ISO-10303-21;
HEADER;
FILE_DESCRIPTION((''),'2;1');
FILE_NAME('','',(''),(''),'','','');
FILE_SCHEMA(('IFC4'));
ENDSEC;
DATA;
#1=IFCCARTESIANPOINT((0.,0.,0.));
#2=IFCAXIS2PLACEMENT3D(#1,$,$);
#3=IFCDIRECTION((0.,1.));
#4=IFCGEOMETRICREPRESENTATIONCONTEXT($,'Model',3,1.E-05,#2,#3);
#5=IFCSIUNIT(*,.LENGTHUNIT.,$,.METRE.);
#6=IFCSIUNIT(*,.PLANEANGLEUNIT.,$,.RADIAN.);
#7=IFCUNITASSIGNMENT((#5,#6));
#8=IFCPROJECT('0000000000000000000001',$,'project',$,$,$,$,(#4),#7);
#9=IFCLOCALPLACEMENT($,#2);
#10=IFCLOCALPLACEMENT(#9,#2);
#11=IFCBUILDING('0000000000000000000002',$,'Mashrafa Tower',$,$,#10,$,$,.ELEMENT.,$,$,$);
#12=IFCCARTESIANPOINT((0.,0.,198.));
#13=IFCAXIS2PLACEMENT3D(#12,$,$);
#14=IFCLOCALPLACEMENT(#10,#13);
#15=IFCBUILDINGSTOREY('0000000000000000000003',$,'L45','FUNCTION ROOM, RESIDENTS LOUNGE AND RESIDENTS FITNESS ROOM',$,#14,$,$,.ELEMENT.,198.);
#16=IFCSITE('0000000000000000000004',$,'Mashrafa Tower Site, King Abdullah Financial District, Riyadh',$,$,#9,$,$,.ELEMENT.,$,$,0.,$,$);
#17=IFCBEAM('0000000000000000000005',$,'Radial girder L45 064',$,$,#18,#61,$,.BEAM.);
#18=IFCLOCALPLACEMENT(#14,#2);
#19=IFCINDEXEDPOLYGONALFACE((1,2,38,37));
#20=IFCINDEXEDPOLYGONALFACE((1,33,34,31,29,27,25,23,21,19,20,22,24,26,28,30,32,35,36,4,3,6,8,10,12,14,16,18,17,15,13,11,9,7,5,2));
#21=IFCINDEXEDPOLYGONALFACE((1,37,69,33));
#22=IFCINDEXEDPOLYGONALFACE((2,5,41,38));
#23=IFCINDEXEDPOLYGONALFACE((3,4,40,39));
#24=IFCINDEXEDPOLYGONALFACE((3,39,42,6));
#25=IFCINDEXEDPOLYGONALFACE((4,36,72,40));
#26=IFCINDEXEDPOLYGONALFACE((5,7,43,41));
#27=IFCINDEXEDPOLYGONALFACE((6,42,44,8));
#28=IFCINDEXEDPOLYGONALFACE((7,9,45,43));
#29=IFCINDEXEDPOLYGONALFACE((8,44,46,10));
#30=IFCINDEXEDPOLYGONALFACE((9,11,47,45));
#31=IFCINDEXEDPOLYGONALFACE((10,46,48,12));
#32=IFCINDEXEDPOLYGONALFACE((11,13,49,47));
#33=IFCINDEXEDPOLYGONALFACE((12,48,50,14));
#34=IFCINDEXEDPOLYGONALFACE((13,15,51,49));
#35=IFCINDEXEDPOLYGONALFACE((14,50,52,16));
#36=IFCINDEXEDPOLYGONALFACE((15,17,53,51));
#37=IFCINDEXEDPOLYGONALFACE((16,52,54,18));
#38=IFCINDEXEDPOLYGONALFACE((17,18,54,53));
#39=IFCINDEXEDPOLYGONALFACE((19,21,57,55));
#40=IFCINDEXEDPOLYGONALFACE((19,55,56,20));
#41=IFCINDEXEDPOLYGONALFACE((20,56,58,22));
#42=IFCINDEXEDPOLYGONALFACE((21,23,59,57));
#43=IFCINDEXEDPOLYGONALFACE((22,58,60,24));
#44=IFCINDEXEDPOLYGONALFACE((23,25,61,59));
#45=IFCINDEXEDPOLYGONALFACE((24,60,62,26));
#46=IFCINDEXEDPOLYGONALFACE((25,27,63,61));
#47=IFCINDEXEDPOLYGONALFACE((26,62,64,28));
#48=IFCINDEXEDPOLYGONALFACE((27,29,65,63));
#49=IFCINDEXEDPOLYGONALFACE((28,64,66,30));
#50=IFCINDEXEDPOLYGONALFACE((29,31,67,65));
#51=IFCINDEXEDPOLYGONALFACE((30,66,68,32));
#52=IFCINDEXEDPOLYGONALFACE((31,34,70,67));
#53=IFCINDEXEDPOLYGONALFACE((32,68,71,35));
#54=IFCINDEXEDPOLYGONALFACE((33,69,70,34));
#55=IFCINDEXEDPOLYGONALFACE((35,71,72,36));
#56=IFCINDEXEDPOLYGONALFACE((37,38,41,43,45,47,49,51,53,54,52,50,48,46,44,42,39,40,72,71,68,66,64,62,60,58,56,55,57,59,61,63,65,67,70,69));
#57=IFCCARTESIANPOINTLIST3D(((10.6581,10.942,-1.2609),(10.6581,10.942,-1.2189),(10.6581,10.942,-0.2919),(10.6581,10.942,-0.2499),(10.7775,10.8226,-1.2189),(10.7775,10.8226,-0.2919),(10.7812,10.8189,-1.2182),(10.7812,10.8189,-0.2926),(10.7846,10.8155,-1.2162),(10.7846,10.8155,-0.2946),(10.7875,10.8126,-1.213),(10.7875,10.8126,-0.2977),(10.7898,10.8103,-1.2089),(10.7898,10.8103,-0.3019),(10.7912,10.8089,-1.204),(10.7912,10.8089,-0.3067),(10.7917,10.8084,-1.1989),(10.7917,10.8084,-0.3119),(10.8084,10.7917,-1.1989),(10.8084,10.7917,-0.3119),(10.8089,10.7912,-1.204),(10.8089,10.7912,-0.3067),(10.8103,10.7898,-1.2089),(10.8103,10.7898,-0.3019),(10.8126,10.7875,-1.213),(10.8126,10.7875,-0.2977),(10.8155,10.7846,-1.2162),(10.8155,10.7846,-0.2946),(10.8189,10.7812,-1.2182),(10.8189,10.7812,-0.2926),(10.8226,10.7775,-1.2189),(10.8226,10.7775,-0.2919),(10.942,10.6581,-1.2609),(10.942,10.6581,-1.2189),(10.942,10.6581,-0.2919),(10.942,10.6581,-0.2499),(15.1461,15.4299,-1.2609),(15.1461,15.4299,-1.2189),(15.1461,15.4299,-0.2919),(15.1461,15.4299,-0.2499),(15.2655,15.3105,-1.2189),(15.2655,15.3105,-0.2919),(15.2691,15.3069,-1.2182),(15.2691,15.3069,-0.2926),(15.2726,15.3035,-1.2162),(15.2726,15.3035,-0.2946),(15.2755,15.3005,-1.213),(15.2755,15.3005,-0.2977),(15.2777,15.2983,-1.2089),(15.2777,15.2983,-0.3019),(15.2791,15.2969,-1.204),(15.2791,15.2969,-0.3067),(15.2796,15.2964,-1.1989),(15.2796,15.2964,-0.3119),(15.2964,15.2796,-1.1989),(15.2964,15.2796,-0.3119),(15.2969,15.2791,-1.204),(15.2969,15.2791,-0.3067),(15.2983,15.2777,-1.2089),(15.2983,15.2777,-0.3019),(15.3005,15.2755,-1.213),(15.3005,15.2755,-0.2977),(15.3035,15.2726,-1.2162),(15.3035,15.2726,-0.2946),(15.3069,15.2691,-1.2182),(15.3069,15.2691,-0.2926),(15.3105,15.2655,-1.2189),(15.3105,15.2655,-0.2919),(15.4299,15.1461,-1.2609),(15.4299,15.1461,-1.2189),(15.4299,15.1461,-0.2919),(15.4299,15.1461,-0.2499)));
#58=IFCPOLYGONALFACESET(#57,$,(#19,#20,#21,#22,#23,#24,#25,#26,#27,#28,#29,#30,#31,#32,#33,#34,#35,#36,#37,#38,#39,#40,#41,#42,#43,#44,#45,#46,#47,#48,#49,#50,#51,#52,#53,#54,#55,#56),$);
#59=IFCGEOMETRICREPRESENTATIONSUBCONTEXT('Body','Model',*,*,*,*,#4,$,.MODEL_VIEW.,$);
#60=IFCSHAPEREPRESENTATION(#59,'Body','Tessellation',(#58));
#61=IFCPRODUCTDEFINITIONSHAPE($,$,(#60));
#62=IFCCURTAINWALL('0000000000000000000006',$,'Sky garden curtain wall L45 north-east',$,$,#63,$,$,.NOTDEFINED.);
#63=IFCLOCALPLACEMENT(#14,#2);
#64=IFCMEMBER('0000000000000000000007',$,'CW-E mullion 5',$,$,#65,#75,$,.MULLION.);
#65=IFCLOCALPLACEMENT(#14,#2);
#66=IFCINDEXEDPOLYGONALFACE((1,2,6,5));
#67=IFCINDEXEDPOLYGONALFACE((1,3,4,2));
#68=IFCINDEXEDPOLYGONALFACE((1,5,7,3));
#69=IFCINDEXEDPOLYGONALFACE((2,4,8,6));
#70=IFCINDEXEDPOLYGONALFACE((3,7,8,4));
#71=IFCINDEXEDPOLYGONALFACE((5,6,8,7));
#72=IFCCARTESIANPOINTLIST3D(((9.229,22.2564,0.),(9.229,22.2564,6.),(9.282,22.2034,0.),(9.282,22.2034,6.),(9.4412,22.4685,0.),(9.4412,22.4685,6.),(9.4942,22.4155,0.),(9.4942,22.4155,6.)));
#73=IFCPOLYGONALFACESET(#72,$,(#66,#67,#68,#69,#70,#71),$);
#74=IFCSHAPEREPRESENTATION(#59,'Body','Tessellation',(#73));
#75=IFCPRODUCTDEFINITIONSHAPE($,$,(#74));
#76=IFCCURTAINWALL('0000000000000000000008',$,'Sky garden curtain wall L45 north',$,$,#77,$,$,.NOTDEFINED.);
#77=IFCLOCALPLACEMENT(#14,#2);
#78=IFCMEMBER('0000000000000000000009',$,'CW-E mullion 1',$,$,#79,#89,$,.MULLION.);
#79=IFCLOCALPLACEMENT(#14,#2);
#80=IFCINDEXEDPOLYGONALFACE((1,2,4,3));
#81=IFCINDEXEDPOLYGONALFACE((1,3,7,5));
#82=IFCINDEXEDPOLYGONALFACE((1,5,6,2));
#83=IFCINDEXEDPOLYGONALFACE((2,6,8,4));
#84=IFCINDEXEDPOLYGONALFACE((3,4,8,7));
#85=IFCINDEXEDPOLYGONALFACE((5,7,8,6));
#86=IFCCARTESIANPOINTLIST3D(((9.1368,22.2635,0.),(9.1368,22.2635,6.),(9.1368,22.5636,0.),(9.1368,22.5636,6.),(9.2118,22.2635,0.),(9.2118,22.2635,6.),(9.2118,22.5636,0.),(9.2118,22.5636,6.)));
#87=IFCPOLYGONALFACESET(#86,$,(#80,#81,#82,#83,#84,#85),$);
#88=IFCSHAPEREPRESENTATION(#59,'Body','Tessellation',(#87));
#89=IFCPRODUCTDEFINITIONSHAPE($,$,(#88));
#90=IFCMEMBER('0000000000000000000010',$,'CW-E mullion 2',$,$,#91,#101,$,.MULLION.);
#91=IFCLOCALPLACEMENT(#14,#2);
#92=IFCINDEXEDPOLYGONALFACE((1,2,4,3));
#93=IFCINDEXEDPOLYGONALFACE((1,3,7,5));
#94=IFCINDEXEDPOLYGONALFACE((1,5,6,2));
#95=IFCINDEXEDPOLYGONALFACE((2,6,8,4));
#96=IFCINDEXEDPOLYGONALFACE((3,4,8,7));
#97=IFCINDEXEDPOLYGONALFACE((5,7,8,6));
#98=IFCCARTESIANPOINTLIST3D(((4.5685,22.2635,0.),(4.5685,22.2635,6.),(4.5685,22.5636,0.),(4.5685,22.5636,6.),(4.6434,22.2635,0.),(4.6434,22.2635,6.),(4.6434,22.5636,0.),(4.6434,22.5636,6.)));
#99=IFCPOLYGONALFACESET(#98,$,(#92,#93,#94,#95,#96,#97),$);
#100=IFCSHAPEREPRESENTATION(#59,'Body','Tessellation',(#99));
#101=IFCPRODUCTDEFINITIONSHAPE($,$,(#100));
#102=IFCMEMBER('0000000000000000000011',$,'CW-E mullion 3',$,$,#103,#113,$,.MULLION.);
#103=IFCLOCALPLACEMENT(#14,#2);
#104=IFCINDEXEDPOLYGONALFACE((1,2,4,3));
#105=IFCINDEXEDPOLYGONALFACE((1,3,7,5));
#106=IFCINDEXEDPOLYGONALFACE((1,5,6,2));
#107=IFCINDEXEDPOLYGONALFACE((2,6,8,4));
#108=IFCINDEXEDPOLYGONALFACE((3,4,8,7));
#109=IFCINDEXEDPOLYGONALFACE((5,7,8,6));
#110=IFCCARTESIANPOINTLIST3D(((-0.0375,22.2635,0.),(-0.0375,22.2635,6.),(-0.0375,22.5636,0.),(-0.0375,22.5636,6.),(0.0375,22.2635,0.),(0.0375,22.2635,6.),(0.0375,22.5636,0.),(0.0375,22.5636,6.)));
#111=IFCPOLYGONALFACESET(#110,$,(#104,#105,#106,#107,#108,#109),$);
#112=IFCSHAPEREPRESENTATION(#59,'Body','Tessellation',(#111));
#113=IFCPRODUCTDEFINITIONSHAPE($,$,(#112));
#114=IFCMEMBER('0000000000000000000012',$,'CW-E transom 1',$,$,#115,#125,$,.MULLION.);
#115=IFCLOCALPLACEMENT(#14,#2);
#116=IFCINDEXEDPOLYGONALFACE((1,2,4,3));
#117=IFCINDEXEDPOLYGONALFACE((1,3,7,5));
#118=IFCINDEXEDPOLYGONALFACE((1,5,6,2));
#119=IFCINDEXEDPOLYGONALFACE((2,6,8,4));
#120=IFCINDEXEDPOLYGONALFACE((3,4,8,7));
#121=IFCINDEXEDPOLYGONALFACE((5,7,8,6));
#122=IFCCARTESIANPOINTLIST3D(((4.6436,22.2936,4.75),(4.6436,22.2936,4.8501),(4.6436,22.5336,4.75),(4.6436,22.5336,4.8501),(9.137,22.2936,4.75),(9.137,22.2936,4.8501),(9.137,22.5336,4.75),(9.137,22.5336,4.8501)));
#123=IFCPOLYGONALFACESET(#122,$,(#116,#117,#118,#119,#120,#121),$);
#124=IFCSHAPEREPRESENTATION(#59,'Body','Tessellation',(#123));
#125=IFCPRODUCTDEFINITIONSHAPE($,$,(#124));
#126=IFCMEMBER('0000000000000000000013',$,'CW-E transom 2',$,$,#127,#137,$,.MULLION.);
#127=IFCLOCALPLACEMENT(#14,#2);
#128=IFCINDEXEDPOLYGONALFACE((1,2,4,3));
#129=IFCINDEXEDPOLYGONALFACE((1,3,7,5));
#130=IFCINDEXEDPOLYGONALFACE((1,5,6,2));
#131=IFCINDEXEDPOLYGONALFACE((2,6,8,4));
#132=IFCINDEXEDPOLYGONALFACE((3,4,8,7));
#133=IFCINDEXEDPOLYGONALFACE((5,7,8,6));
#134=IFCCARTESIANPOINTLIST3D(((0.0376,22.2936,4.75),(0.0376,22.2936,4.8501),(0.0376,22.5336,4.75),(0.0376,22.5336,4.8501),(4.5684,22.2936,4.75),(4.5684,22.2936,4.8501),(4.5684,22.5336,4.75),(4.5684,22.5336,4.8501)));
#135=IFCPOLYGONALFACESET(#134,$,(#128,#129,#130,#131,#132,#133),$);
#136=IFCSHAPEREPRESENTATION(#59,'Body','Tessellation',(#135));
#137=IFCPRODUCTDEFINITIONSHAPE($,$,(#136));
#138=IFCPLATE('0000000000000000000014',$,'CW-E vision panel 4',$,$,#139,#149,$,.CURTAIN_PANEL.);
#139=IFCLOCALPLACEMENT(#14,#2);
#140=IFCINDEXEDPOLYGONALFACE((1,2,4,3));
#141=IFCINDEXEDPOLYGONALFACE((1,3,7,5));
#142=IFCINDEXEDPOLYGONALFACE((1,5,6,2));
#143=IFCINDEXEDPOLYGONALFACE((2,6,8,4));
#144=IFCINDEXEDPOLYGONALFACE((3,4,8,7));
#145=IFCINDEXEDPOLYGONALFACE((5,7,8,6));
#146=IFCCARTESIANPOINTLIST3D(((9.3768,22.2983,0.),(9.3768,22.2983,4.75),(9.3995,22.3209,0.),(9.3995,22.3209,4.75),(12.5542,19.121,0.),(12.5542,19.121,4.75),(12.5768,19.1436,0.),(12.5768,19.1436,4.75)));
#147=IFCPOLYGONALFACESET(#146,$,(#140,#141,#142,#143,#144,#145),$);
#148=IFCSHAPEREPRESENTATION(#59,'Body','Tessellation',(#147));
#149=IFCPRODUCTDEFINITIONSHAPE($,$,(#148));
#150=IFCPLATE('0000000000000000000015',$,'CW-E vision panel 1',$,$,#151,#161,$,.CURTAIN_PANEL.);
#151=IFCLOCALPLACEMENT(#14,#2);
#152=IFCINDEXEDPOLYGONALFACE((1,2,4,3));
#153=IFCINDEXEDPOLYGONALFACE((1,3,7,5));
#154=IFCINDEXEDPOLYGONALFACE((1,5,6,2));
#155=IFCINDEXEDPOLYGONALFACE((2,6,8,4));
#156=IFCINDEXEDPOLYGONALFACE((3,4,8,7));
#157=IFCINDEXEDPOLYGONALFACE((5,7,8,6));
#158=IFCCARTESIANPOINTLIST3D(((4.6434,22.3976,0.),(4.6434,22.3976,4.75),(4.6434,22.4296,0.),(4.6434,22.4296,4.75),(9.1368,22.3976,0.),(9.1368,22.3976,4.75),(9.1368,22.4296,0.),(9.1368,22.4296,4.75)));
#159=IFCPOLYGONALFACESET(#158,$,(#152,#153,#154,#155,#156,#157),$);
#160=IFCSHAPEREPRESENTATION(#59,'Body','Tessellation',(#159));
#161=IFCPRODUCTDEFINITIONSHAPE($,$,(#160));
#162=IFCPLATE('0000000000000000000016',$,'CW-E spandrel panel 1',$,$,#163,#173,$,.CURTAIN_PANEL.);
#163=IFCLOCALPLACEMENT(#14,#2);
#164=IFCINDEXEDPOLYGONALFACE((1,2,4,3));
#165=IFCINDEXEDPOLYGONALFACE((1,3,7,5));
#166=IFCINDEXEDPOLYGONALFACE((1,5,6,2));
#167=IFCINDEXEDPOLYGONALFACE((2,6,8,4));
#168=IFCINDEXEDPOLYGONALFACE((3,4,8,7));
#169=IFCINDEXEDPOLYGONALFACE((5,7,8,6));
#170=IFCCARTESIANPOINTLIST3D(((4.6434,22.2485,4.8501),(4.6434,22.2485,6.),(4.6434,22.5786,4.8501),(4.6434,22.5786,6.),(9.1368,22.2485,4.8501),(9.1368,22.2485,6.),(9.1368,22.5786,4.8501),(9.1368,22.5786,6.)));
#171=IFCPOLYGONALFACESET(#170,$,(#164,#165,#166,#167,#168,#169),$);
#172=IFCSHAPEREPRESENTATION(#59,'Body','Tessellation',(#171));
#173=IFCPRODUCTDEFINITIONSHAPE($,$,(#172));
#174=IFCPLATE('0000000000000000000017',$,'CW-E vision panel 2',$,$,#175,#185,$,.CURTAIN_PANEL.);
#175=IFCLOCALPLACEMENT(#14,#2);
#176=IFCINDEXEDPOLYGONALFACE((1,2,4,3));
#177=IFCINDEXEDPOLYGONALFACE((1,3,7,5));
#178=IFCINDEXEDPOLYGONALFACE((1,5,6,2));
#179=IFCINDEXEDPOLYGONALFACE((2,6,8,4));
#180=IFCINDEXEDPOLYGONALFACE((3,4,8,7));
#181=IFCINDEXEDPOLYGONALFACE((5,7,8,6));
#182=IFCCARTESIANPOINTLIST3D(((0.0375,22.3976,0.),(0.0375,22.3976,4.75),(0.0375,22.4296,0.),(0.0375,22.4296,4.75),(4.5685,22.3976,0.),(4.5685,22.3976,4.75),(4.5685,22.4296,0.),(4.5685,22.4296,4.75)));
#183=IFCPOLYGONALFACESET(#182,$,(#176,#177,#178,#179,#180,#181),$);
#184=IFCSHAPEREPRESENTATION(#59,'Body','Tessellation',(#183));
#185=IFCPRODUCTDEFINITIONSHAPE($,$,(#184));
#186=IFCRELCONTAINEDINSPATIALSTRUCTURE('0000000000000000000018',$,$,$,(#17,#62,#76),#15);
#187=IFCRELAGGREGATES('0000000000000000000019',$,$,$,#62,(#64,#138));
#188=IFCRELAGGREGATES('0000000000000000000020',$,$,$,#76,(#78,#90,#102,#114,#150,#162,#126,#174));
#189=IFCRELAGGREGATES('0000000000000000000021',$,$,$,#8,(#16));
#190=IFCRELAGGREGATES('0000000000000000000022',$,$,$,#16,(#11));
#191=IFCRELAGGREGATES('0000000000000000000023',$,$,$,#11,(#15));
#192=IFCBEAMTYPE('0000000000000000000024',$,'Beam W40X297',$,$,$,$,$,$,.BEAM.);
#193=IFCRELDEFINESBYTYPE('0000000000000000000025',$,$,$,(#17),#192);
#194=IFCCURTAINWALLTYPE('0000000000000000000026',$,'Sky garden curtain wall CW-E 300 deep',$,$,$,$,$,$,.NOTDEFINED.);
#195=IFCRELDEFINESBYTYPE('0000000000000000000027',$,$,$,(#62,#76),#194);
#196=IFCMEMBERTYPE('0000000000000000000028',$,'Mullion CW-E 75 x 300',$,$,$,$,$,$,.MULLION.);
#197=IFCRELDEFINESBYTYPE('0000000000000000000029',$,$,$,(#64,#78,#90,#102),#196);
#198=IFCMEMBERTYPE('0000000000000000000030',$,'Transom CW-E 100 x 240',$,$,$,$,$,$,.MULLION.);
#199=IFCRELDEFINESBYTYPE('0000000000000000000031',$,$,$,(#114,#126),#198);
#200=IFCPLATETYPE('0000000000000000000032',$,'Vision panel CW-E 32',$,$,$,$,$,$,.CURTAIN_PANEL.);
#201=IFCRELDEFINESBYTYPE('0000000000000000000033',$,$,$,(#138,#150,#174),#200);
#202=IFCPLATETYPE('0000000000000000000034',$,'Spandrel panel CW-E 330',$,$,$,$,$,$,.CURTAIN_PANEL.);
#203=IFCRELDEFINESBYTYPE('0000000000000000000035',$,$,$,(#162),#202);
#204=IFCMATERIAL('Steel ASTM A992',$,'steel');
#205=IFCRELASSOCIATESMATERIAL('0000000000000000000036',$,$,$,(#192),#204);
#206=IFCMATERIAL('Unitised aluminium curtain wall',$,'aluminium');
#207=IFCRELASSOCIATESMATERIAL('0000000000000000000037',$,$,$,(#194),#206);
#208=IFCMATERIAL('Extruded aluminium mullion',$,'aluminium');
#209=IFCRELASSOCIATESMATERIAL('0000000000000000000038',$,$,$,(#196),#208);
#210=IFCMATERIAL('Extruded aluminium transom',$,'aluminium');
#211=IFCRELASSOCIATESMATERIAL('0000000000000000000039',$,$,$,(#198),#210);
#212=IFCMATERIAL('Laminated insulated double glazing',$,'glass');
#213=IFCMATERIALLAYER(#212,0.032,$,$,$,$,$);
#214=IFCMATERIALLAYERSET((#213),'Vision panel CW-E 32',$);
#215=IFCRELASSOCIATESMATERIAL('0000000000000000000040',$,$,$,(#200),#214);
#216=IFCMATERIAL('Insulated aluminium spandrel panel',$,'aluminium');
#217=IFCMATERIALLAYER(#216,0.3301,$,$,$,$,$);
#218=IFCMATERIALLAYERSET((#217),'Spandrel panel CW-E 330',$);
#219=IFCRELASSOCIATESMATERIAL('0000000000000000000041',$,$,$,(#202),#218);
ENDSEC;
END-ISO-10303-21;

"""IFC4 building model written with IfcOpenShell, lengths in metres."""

from ifc_helpers import new_model, si_unit, direction, frame, origin, origin_2d, place, context, subcontext, project, spatial, rectangle, i_section, extrude, source, transform, mapped, material, layer, layer_set, material_profile, profile_set, type_object, type_shapes, element, aggregate, save


model = new_model("IFC4")

# Units and contexts
model_context = context("Model", 3, precision=1e-05, world=origin(), true_north=direction((0.0, 1.0)))
body_context = subcontext(model_context, "Body", "Model", "MODEL_VIEW")
ifc_project = project(units=[si_unit("LENGTHUNIT", "METRE"), si_unit("PLANEANGLEUNIT", "RADIAN")], contexts=[model_context])

# Site, building, storey
site_placement = place(None, origin())
site = spatial("IfcSite", under=ifc_project, at=site_placement, Name="Mashrafa Tower Site, King Abdullah Financial District, Riyadh", CompositionType="ELEMENT", RefElevation=0.0)
building_placement = place(site_placement, origin())
building = spatial("IfcBuilding", under=site, at=building_placement, Name="Mashrafa Tower", CompositionType="ELEMENT")
storey_placement = place(building_placement, frame((0.0, 0.0, 198.0)))
storey = spatial("IfcBuildingStorey", under=building, at=storey_placement, Name="L45", Description="FUNCTION ROOM, RESIDENTS LOUNGE AND RESIDENTS FITNESS ROOM", CompositionType="ELEMENT", Elevation=198.0)

# Beam
ifc_material_1 = material(Name="Steel ASTM A992", Category="steel")
ifc_material_profile_1 = material_profile(ifc_material_1, i_section(OverallWidth=0.4014, OverallDepth=1.011, WebThickness=0.0237, FlangeThickness=0.042, FilletRadius=0.02, at=origin_2d()), Name="W40X297")
ifc_profile_set_1 = profile_set([ifc_material_profile_1], Name="Steel ASTM A992")
beam_type_1 = type_object("IfcBeamType", Name="Beam W40X297", PredefinedType="BEAM", material=ifc_profile_set_1)
beam_1_placement = place(storey_placement, frame((10.8, 10.8, -0.7554), z_axis=(0.707107, 0.707107, 0.0), x_axis=(-0.707107, 0.707107, 0.0)))
element("IfcBeam", 1, at=beam_1_placement, inside=storey, type_object=beam_type_1, Name="Radial girder L45 064", PredefinedType="BEAM", context=body_context, shape_type="SweptSolid", body=[
    extrude(i_section(OverallWidth=0.4014, OverallDepth=1.011, WebThickness=0.0237, FlangeThickness=0.042, FilletRadius=0.02, at=origin_2d()), origin(), (0.0, 0.0, 1.0), 6.3469),
])

# Curtain wall, member
ifc_material_2 = material(Name="Unitised aluminium curtain wall", Category="aluminium")
curtain_wall_type = type_object("IfcCurtainWallType", Name="Sky garden curtain wall CW-E 300 deep", PredefinedType="NOTDEFINED", material=ifc_material_2)
curtain_wall_1_placement = place(storey_placement, origin())
curtain_wall_1 = element("IfcCurtainWall", 2, at=curtain_wall_1_placement, inside=storey, type_object=curtain_wall_type, Name="Sky garden curtain wall L45 north-east", PredefinedType="NOTDEFINED")
ifc_material_3 = material(Name="Extruded aluminium mullion", Category="aluminium")
ifc_material_profile_2 = material_profile(ifc_material_3, rectangle(XDim=0.3, YDim=0.075, at=origin_2d()), Name="Mullion 75x300")
ifc_profile_set_2 = profile_set([ifc_material_profile_2], Name="Extruded aluminium mullion")
member_type_1 = type_object("IfcMemberType", Name="Mullion CW-E 75 x 300", PredefinedType="MULLION", material=ifc_profile_set_2)
shared_shape_1 = source(origin(), body_context, "Body", "SweptSolid", [
    extrude(rectangle(XDim=0.3, YDim=0.075, at=origin_2d()), origin(), (0.0, 0.0, 1.0), 6.0),
])
type_shapes(member_type_1, [shared_shape_1])
member_1_placement = place(storey_placement, frame((9.3616, 22.3359, 0.0), z_axis=(0.0, 0.0, 1.0), x_axis=(-0.707107, -0.707107, 0.0)))
member_1 = element("IfcMember", 3, at=member_1_placement, type_object=member_type_1, Name="CW-E mullion 5", PredefinedType="MULLION", context=body_context, shape_type="MappedRepresentation", body=[
    mapped(shared_shape_1, transform((0.0, 0.0, 0.0))),
])

# Curtain wall, members
curtain_wall_2_placement = place(storey_placement, origin())
curtain_wall_2 = element("IfcCurtainWall", 4, at=curtain_wall_2_placement, inside=storey, type_object=curtain_wall_type, Name="Sky garden curtain wall L45 north", PredefinedType="NOTDEFINED")
member_2_placement = place(storey_placement, frame((9.1743, 22.4136, 0.0), z_axis=(0.0, 0.0, 1.0), x_axis=(0.0, -1.0, 0.0)))
member_2 = element("IfcMember", 5, at=member_2_placement, type_object=member_type_1, Name="CW-E mullion 1", PredefinedType="MULLION", context=body_context, shape_type="MappedRepresentation", body=[
    mapped(shared_shape_1, transform((0.0, 0.0, 0.0))),
])
member_3_placement = place(storey_placement, frame((4.606, 22.4136, 0.0), z_axis=(0.0, 0.0, 1.0), x_axis=(0.0, -1.0, 0.0)))
member_3 = element("IfcMember", 6, at=member_3_placement, type_object=member_type_1, Name="CW-E mullion 2", PredefinedType="MULLION", context=body_context, shape_type="MappedRepresentation", body=[
    mapped(shared_shape_1, transform((0.0, 0.0, 0.0))),
])
member_4_placement = place(storey_placement, frame((0.0, 22.4136, 0.0), z_axis=(0.0, 0.0, 1.0), x_axis=(0.0, -1.0, 0.0)))
member_4 = element("IfcMember", 7, at=member_4_placement, type_object=member_type_1, Name="CW-E mullion 3", PredefinedType="MULLION", context=body_context, shape_type="MappedRepresentation", body=[
    mapped(shared_shape_1, transform((0.0, 0.0, 0.0))),
])
ifc_material_4 = material(Name="Extruded aluminium transom", Category="aluminium")
ifc_material_profile_3 = material_profile(ifc_material_4, rectangle(XDim=0.24, YDim=0.1001, at=origin_2d()), Name="Transom 100x240")
ifc_profile_set_3 = profile_set([ifc_material_profile_3], Name="Extruded aluminium transom")
member_type_2 = type_object("IfcMemberType", Name="Transom CW-E 100 x 240", PredefinedType="MULLION", material=ifc_profile_set_3)
shared_shape_2 = source(origin(), body_context, "Body", "SweptSolid", [
    extrude(rectangle(XDim=0.24, YDim=0.1001, at=origin_2d()), origin(), (0.0, 0.0, 1.0), 4.4934),
])
member_5_placement = place(storey_placement, frame((9.137, 22.4136, 4.8), z_axis=(-1.0, 0.0, 0.0), x_axis=(0.0, -1.0, 0.0)))
member_5 = element("IfcMember", 8, at=member_5_placement, type_object=member_type_2, Name="CW-E transom 1", PredefinedType="MULLION", context=body_context, shape_type="MappedRepresentation", body=[
    mapped(shared_shape_2, transform((0.0, 0.0, 0.0))),
])
shared_shape_3 = source(origin(), body_context, "Body", "SweptSolid", [
    extrude(rectangle(XDim=0.24, YDim=0.1001, at=origin_2d()), origin(), (0.0, 0.0, 1.0), 4.5308),
])
type_shapes(member_type_2, [shared_shape_2, shared_shape_3])
member_6_placement = place(storey_placement, frame((4.5684, 22.4136, 4.8), z_axis=(-1.0, 0.0, 0.0), x_axis=(0.0, -1.0, 0.0)))
member_6 = element("IfcMember", 9, at=member_6_placement, type_object=member_type_2, Name="CW-E transom 2", PredefinedType="MULLION", context=body_context, shape_type="MappedRepresentation", body=[
    mapped(shared_shape_3, transform((0.0, 0.0, 0.0))),
])

# Plates
ifc_material_5 = material(Name="Laminated insulated double glazing", Category="glass")
ifc_layer_1 = layer(ifc_material_5, 0.032)
ifc_layer_set_1 = layer_set([ifc_layer_1], Name="Vision panel CW-E 32")
plate_type_1 = type_object("IfcPlateType", Name="Vision panel CW-E 32", PredefinedType="CURTAIN_PANEL", material=ifc_layer_set_1)
shared_shape_4 = source(origin(), body_context, "Body", "SweptSolid", [
    extrude(rectangle(XDim=4.4934, YDim=0.032, at=origin_2d()), origin(), (0.0, 0.0, 1.0), 4.75),
])
plate_1_placement = place(storey_placement, frame((10.9768, 20.7209, 0.0), z_axis=(0.0, 0.0, 1.0), x_axis=(-0.707107, 0.707107, 0.0)))
plate_1 = element("IfcPlate", 10, at=plate_1_placement, type_object=plate_type_1, Name="CW-E vision panel 4", PredefinedType="CURTAIN_PANEL", context=body_context, shape_type="MappedRepresentation", body=[
    mapped(shared_shape_4, transform((0.0, 0.0, 0.0))),
])
aggregate(curtain_wall_1, [member_1, plate_1])
plate_2_placement = place(storey_placement, frame((6.8901, 22.4136, 0.0), z_axis=(0.0, 0.0, 1.0), x_axis=(-1.0, 0.0, 0.0)))
plate_2 = element("IfcPlate", 11, at=plate_2_placement, type_object=plate_type_1, Name="CW-E vision panel 1", PredefinedType="CURTAIN_PANEL", context=body_context, shape_type="MappedRepresentation", body=[
    mapped(shared_shape_4, transform((0.0, 0.0, 0.0))),
])
ifc_material_6 = material(Name="Insulated aluminium spandrel panel", Category="aluminium")
ifc_layer_2 = layer(ifc_material_6, 0.3301)
ifc_layer_set_2 = layer_set([ifc_layer_2], Name="Spandrel panel CW-E 330")
plate_type_2 = type_object("IfcPlateType", Name="Spandrel panel CW-E 330", PredefinedType="CURTAIN_PANEL", material=ifc_layer_set_2)
shared_shape_5 = source(origin(), body_context, "Body", "SweptSolid", [
    extrude(rectangle(XDim=4.4934, YDim=0.3301, at=origin_2d()), origin(), (0.0, 0.0, 1.0), 1.1499),
])
plate_3_placement = place(storey_placement, frame((6.8901, 22.4136, 4.8501), z_axis=(0.0, 0.0, 1.0), x_axis=(-1.0, 0.0, 0.0)))
plate_3 = element("IfcPlate", 12, at=plate_3_placement, type_object=plate_type_2, Name="CW-E spandrel panel 1", PredefinedType="CURTAIN_PANEL", context=body_context, shape_type="MappedRepresentation", body=[
    mapped(shared_shape_5, transform((0.0, 0.0, 0.0))),
])
shared_shape_6 = source(origin(), body_context, "Body", "SweptSolid", [
    extrude(rectangle(XDim=4.531, YDim=0.032, at=origin_2d()), origin(), (0.0, 0.0, 1.0), 4.75),
])
type_shapes(plate_type_1, [shared_shape_4, shared_shape_6])
plate_4_placement = place(storey_placement, frame((2.303, 22.4136, 0.0), z_axis=(0.0, 0.0, 1.0), x_axis=(-1.0, 0.0, 0.0)))
plate_4 = element("IfcPlate", 13, at=plate_4_placement, type_object=plate_type_1, Name="CW-E vision panel 2", PredefinedType="CURTAIN_PANEL", context=body_context, shape_type="MappedRepresentation", body=[
    mapped(shared_shape_6, transform((0.0, 0.0, 0.0))),
])
aggregate(curtain_wall_2, [member_2, member_3, member_4, member_5, plate_2, plate_3, member_6, plate_4])

save(model, "model.ifc")
